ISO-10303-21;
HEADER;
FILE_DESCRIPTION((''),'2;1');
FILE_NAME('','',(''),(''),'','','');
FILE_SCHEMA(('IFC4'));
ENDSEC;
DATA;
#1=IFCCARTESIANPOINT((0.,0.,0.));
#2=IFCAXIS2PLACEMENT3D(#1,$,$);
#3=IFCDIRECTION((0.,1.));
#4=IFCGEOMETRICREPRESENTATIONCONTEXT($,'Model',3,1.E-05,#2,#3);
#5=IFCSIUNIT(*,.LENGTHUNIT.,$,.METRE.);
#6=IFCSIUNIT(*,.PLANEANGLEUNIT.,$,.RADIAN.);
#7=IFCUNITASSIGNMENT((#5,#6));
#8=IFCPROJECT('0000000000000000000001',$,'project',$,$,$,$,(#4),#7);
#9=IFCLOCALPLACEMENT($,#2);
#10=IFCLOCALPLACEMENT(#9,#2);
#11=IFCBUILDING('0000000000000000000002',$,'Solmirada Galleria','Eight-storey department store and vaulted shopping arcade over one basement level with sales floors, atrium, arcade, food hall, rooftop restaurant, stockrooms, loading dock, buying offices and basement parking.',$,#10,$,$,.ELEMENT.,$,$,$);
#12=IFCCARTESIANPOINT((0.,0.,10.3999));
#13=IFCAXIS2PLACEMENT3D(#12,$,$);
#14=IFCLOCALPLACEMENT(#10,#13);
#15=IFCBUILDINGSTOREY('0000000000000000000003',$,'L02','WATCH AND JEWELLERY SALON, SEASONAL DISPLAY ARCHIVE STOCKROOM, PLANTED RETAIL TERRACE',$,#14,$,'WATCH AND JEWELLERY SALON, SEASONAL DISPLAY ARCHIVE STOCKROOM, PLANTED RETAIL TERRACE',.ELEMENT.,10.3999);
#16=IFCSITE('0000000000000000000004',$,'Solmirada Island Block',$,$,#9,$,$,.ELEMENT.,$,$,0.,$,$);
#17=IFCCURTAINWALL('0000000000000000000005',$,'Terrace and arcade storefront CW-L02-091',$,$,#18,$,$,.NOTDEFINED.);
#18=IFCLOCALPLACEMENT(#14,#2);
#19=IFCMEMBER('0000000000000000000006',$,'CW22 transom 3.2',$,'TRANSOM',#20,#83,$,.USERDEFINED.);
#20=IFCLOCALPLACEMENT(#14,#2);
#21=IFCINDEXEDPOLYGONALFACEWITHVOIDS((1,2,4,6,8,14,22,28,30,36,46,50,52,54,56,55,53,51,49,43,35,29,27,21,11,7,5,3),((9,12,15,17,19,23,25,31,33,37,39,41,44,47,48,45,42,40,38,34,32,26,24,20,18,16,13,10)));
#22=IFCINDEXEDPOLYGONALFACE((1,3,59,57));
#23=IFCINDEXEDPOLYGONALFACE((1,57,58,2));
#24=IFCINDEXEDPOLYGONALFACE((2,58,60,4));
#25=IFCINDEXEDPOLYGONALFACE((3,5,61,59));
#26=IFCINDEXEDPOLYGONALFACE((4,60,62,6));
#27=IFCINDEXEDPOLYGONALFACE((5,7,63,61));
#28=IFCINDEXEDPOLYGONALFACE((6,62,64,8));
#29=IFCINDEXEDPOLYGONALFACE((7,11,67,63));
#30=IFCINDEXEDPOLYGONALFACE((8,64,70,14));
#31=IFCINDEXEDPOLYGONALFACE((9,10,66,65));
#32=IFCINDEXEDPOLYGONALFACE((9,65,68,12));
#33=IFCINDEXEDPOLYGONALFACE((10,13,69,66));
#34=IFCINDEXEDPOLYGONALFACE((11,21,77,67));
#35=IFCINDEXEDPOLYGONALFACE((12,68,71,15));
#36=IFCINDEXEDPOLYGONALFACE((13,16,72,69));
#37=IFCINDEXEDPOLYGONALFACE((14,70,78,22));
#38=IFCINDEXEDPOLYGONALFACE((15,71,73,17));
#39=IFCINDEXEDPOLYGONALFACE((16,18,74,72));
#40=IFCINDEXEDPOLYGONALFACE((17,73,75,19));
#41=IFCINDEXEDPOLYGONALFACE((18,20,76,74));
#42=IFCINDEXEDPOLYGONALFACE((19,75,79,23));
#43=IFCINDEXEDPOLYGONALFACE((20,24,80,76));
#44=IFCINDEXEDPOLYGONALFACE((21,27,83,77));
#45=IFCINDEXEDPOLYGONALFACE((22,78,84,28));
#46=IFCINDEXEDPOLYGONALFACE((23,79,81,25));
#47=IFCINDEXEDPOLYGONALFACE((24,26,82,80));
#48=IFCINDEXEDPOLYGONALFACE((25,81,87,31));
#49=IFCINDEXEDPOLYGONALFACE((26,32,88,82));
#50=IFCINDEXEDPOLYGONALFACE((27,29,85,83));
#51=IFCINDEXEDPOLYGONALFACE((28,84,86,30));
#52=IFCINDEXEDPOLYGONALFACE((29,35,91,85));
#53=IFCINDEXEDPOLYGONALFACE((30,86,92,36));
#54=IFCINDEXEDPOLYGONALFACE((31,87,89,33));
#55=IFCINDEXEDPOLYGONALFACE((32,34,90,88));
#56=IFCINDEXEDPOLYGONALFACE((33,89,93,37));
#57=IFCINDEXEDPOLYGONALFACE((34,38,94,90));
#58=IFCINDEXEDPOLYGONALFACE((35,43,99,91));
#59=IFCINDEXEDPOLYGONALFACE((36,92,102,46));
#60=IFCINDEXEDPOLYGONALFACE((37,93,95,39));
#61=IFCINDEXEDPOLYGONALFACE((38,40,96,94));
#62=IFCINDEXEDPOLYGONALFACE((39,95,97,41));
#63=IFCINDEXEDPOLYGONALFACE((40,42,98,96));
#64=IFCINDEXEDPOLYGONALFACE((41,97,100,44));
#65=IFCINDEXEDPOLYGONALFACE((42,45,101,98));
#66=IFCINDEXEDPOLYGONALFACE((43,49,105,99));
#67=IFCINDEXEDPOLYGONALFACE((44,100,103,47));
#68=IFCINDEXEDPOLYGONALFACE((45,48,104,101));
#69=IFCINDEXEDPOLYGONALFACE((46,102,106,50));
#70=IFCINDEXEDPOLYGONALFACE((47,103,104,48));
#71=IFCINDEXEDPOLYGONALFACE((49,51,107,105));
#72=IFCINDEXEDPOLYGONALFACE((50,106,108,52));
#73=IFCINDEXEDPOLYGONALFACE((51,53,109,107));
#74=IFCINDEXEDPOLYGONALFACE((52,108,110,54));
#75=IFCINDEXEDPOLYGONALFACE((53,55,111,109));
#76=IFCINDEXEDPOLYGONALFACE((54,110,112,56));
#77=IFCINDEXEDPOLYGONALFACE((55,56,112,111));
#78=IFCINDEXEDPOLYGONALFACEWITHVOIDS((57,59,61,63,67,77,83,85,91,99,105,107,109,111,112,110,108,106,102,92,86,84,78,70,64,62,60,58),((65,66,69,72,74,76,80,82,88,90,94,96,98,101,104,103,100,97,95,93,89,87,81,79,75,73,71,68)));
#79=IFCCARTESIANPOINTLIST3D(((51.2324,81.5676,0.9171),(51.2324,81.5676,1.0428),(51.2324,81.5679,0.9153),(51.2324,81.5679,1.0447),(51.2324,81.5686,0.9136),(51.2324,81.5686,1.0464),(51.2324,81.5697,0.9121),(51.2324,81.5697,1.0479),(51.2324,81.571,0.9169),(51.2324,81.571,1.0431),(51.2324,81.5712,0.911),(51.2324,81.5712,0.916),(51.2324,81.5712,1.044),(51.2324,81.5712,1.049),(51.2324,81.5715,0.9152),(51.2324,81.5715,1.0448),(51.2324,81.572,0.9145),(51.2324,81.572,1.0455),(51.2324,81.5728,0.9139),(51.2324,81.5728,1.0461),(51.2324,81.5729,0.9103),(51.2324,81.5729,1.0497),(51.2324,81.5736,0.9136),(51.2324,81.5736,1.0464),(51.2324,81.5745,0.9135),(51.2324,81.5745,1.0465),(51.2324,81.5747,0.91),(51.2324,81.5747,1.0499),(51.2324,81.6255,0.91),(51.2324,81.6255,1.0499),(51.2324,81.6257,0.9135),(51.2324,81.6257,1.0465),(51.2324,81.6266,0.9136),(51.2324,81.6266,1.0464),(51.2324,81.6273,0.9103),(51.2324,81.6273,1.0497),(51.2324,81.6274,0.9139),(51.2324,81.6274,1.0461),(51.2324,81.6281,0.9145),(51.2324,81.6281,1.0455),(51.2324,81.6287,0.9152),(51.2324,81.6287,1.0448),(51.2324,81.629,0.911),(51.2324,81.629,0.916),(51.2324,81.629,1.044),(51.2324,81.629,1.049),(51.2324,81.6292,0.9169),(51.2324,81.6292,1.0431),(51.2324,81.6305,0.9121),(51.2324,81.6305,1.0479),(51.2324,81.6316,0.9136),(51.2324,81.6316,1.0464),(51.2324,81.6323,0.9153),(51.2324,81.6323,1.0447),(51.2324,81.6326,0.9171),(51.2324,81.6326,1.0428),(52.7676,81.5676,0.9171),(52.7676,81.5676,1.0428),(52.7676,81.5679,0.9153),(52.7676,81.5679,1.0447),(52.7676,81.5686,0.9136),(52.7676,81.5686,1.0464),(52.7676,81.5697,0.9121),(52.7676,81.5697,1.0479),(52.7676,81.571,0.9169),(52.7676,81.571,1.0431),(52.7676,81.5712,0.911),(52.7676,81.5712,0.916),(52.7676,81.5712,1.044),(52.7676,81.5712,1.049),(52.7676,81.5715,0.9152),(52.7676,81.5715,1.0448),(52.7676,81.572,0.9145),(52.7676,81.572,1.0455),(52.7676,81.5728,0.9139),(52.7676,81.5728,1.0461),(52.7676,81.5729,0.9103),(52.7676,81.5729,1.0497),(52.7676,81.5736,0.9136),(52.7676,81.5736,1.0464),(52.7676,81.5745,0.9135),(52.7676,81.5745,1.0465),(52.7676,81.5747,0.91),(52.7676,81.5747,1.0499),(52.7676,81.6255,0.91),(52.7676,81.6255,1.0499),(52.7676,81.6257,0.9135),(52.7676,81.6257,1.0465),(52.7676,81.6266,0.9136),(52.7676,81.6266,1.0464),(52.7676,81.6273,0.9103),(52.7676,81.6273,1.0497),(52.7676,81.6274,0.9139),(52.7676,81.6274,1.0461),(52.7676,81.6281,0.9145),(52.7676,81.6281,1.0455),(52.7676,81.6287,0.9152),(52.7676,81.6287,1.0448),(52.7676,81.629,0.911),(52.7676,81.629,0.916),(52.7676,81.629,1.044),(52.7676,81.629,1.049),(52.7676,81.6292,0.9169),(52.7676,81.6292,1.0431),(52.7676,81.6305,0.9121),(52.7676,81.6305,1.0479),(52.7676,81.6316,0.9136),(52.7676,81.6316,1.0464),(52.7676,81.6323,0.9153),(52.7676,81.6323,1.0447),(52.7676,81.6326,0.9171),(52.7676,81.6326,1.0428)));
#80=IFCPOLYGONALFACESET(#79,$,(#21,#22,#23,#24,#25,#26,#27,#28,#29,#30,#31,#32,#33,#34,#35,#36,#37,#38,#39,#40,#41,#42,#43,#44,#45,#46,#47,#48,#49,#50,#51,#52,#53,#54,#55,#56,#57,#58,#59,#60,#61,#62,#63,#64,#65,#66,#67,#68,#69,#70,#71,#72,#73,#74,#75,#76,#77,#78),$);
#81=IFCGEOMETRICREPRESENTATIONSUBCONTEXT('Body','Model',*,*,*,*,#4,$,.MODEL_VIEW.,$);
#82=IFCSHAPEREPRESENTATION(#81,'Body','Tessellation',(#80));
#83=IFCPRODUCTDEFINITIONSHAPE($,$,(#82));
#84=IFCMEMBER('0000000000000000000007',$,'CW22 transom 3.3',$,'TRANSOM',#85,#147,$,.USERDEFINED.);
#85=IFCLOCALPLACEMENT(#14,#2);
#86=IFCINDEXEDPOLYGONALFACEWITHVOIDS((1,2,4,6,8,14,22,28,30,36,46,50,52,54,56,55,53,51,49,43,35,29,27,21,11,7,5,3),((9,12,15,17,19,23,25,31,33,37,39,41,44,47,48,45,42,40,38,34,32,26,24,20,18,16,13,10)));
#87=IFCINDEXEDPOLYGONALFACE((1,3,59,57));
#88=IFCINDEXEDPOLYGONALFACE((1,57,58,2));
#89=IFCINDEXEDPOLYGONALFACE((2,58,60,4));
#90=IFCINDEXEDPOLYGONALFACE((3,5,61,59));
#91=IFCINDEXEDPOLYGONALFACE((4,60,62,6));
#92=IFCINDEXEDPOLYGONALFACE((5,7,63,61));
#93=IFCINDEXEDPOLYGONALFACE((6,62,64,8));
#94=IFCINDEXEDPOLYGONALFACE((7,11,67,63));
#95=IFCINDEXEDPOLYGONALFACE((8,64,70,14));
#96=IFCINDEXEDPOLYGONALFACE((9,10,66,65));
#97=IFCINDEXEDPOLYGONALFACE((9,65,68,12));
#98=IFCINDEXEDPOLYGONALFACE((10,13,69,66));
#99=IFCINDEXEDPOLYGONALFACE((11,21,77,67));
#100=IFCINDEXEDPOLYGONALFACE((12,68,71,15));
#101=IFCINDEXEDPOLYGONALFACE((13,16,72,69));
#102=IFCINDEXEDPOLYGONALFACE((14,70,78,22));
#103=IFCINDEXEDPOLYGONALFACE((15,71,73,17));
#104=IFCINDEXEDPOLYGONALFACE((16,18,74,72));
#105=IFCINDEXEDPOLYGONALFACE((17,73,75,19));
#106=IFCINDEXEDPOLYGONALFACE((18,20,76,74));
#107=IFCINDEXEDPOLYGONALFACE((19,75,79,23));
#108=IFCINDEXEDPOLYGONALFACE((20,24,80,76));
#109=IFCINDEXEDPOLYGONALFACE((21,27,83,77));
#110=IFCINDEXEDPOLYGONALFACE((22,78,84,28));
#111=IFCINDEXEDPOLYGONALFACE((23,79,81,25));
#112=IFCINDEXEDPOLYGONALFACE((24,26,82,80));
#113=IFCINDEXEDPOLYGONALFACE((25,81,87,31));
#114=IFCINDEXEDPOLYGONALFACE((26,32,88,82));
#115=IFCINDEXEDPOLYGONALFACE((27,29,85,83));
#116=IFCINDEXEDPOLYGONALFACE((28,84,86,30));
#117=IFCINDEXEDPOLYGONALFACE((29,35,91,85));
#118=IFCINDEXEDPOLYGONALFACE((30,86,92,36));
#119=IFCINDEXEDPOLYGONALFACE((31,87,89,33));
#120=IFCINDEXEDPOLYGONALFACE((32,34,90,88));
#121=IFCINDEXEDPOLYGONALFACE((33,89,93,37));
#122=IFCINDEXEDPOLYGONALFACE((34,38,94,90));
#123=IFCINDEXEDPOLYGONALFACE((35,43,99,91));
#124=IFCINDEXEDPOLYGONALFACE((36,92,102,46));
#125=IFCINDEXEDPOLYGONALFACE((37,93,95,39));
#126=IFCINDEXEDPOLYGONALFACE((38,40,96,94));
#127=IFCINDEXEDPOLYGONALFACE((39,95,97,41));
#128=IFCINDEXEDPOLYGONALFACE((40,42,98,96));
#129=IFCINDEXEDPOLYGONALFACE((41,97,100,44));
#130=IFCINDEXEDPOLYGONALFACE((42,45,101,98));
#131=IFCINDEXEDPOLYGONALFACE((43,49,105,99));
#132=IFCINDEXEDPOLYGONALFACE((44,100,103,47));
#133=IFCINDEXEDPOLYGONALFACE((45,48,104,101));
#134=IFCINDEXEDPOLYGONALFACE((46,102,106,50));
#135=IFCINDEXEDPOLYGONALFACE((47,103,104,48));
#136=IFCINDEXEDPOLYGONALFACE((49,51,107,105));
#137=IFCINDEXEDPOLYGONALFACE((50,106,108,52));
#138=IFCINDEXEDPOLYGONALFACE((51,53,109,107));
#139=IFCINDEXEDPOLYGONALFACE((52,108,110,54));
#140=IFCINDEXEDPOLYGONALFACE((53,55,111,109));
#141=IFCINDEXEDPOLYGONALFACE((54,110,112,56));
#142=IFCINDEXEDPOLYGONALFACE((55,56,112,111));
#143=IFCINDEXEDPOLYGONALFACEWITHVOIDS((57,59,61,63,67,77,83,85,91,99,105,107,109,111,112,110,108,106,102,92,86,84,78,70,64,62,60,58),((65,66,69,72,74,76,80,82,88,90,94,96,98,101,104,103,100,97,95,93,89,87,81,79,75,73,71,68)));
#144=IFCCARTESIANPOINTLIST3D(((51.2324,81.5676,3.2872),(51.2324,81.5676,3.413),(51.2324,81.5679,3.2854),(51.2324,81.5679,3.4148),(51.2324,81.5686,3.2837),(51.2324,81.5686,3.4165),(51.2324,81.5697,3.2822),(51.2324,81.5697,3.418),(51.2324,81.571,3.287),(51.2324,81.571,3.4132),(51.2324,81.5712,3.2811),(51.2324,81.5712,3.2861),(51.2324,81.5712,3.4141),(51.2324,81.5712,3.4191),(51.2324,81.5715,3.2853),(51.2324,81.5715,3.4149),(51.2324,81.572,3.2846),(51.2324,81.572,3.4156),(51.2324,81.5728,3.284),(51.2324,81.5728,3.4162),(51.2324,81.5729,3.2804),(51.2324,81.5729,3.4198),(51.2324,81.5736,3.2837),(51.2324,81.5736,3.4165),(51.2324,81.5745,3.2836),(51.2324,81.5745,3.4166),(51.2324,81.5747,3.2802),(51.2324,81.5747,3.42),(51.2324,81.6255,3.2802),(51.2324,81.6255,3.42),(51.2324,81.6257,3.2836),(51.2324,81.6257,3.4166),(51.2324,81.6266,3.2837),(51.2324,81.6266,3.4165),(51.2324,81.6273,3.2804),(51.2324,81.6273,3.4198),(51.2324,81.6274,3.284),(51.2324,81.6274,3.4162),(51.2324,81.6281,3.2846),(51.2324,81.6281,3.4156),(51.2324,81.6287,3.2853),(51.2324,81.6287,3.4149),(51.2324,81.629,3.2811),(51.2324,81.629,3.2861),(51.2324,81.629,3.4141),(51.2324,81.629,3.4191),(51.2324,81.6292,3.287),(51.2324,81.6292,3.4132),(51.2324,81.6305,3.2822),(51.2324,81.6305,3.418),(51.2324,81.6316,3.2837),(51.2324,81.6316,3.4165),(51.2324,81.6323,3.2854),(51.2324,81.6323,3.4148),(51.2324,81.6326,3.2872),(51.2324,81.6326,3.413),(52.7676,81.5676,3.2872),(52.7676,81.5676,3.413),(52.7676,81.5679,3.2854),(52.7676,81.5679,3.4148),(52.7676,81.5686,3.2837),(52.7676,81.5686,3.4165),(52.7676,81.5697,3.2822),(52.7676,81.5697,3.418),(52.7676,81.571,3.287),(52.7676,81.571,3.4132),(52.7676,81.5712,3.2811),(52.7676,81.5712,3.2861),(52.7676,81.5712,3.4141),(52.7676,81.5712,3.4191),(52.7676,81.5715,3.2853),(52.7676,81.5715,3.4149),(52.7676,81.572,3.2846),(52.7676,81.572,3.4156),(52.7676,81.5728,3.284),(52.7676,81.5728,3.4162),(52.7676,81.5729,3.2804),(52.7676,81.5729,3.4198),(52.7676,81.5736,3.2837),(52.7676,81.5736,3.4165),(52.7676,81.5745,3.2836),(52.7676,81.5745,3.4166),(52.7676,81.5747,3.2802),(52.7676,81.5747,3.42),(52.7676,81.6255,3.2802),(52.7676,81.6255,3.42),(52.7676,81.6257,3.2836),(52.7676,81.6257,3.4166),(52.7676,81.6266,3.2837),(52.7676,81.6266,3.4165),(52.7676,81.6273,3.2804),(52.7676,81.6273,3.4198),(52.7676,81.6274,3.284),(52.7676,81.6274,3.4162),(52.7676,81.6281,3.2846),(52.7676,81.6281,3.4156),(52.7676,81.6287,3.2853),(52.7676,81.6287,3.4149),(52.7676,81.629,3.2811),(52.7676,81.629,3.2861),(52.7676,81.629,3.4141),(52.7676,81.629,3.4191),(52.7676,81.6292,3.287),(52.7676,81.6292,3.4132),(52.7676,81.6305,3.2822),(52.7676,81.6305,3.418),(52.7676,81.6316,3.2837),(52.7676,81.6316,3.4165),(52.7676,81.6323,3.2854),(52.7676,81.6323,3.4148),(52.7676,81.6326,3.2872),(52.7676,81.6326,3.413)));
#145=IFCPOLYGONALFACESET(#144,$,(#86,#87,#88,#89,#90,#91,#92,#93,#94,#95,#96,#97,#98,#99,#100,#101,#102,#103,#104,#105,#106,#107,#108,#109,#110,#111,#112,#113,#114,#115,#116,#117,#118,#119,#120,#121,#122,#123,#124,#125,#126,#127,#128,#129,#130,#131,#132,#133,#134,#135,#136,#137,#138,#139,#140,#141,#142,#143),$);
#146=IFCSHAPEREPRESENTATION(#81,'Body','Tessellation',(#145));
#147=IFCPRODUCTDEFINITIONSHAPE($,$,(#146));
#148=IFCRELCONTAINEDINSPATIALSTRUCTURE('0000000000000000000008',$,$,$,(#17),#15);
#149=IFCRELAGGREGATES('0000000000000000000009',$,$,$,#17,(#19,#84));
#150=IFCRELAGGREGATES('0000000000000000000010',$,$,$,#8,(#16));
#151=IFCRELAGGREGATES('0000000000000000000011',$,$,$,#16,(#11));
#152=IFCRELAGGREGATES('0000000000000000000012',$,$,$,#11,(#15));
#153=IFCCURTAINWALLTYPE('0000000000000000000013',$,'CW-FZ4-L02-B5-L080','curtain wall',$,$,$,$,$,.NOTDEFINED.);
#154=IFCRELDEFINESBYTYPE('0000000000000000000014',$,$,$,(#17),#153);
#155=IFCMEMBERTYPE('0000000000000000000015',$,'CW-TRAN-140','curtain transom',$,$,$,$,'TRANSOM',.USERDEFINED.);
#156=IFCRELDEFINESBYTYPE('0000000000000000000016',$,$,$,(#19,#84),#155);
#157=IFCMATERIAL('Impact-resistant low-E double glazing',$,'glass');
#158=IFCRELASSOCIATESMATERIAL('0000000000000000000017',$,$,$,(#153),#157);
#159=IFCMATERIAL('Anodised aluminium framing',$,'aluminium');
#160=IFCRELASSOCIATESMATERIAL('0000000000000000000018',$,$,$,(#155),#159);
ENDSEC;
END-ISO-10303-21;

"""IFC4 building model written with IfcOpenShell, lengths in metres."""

from ifc_helpers import new_model, si_unit, direction, frame, origin, origin_2d, place, context, subcontext, project, spatial, hollow_rectangle, extrude, material, material_profile, profile_set, type_object, element, aggregate, save


model = new_model("IFC4")

# Units and contexts
model_context = context("Model", 3, precision=1e-05, world=origin(), true_north=direction((0.0, 1.0)))
body_context = subcontext(model_context, "Body", "Model", "MODEL_VIEW")
ifc_project = project(units=[si_unit("LENGTHUNIT", "METRE"), si_unit("PLANEANGLEUNIT", "RADIAN")], contexts=[model_context])

# Site, building, storey
site_placement = place(None, origin())
site = spatial("IfcSite", under=ifc_project, at=site_placement, Name="Solmirada Island Block", CompositionType="ELEMENT", RefElevation=0.0)
building_placement = place(site_placement, origin())
building = spatial("IfcBuilding", under=site, at=building_placement, Name="Solmirada Galleria", Description="Eight-storey department store and vaulted shopping arcade over one basement level with sales floors, atrium, arcade, food hall, rooftop restaurant, stockrooms, loading dock, buying offices and basement parking.", CompositionType="ELEMENT")
storey_placement = place(building_placement, frame((0.0, 0.0, 10.3999)))
storey = spatial("IfcBuildingStorey", under=building, at=storey_placement, Name="L02", Description="WATCH AND JEWELLERY SALON, SEASONAL DISPLAY ARCHIVE STOCKROOM, PLANTED RETAIL TERRACE", LongName="WATCH AND JEWELLERY SALON, SEASONAL DISPLAY ARCHIVE STOCKROOM, PLANTED RETAIL TERRACE", CompositionType="ELEMENT", Elevation=10.3999)

# Curtain wall
ifc_material_1 = material(Name="Impact-resistant low-E double glazing", Category="glass")
curtain_wall_type = type_object("IfcCurtainWallType", Name="CW-FZ4-L02-B5-L080", Description="curtain wall", PredefinedType="NOTDEFINED", material=ifc_material_1)
curtain_wall_1_placement = place(storey_placement, origin())
curtain_wall_1 = element("IfcCurtainWall", 1, at=curtain_wall_1_placement, inside=storey, type_object=curtain_wall_type, Name="Terrace and arcade storefront CW-L02-091", PredefinedType="NOTDEFINED")
ifc_material_2 = material(Name="Anodised aluminium framing", Category="aluminium")

# Members
ifc_material_profile_1 = material_profile(ifc_material_2, hollow_rectangle(XDim=0.0649, YDim=0.1399, WallThickness=0.0034, InnerFilletRadius=0.0034, OuterFilletRadius=0.0071, at=origin_2d()), Name="ALU-TRAN-140X65")
ifc_profile_set_1 = profile_set([ifc_material_profile_1], Name="Anodised aluminium framing")
member_type_1 = type_object("IfcMemberType", Name="CW-TRAN-140", Description="curtain transom", ElementType="TRANSOM", PredefinedType="USERDEFINED", material=ifc_profile_set_1)
member_1_placement = place(storey_placement, frame((52.7676, 81.6001, 0.98), z_axis=(-1.0, 0.0, 0.0), x_axis=(0.0, -1.0, 0.0)))
member_1 = element("IfcMember", 2, at=member_1_placement, type_object=member_type_1, Name="CW22 transom 3.2", ObjectType="TRANSOM", PredefinedType="USERDEFINED", context=body_context, shape_type="SweptSolid", body=[
    extrude(hollow_rectangle(XDim=0.0649, YDim=0.1399, WallThickness=0.0034, InnerFilletRadius=0.0034, OuterFilletRadius=0.0071, at=origin_2d()), origin(), (0.0, 0.0, 1.0), 1.5352),
])
member_2_placement = place(storey_placement, frame((52.7676, 81.6001, 3.3501), z_axis=(-1.0, 0.0, 0.0), x_axis=(0.0, -1.0, 0.0)))
member_2 = element("IfcMember", 3, at=member_2_placement, type_object=member_type_1, Name="CW22 transom 3.3", ObjectType="TRANSOM", PredefinedType="USERDEFINED", context=body_context, shape_type="SweptSolid", body=[
    extrude(hollow_rectangle(XDim=0.0649, YDim=0.1399, WallThickness=0.0034, InnerFilletRadius=0.0034, OuterFilletRadius=0.0071, at=origin_2d()), origin(), (0.0, 0.0, 1.0), 1.5352),
])

aggregate(curtain_wall_1, [member_1, member_2])

save(model, "model.ifc")
